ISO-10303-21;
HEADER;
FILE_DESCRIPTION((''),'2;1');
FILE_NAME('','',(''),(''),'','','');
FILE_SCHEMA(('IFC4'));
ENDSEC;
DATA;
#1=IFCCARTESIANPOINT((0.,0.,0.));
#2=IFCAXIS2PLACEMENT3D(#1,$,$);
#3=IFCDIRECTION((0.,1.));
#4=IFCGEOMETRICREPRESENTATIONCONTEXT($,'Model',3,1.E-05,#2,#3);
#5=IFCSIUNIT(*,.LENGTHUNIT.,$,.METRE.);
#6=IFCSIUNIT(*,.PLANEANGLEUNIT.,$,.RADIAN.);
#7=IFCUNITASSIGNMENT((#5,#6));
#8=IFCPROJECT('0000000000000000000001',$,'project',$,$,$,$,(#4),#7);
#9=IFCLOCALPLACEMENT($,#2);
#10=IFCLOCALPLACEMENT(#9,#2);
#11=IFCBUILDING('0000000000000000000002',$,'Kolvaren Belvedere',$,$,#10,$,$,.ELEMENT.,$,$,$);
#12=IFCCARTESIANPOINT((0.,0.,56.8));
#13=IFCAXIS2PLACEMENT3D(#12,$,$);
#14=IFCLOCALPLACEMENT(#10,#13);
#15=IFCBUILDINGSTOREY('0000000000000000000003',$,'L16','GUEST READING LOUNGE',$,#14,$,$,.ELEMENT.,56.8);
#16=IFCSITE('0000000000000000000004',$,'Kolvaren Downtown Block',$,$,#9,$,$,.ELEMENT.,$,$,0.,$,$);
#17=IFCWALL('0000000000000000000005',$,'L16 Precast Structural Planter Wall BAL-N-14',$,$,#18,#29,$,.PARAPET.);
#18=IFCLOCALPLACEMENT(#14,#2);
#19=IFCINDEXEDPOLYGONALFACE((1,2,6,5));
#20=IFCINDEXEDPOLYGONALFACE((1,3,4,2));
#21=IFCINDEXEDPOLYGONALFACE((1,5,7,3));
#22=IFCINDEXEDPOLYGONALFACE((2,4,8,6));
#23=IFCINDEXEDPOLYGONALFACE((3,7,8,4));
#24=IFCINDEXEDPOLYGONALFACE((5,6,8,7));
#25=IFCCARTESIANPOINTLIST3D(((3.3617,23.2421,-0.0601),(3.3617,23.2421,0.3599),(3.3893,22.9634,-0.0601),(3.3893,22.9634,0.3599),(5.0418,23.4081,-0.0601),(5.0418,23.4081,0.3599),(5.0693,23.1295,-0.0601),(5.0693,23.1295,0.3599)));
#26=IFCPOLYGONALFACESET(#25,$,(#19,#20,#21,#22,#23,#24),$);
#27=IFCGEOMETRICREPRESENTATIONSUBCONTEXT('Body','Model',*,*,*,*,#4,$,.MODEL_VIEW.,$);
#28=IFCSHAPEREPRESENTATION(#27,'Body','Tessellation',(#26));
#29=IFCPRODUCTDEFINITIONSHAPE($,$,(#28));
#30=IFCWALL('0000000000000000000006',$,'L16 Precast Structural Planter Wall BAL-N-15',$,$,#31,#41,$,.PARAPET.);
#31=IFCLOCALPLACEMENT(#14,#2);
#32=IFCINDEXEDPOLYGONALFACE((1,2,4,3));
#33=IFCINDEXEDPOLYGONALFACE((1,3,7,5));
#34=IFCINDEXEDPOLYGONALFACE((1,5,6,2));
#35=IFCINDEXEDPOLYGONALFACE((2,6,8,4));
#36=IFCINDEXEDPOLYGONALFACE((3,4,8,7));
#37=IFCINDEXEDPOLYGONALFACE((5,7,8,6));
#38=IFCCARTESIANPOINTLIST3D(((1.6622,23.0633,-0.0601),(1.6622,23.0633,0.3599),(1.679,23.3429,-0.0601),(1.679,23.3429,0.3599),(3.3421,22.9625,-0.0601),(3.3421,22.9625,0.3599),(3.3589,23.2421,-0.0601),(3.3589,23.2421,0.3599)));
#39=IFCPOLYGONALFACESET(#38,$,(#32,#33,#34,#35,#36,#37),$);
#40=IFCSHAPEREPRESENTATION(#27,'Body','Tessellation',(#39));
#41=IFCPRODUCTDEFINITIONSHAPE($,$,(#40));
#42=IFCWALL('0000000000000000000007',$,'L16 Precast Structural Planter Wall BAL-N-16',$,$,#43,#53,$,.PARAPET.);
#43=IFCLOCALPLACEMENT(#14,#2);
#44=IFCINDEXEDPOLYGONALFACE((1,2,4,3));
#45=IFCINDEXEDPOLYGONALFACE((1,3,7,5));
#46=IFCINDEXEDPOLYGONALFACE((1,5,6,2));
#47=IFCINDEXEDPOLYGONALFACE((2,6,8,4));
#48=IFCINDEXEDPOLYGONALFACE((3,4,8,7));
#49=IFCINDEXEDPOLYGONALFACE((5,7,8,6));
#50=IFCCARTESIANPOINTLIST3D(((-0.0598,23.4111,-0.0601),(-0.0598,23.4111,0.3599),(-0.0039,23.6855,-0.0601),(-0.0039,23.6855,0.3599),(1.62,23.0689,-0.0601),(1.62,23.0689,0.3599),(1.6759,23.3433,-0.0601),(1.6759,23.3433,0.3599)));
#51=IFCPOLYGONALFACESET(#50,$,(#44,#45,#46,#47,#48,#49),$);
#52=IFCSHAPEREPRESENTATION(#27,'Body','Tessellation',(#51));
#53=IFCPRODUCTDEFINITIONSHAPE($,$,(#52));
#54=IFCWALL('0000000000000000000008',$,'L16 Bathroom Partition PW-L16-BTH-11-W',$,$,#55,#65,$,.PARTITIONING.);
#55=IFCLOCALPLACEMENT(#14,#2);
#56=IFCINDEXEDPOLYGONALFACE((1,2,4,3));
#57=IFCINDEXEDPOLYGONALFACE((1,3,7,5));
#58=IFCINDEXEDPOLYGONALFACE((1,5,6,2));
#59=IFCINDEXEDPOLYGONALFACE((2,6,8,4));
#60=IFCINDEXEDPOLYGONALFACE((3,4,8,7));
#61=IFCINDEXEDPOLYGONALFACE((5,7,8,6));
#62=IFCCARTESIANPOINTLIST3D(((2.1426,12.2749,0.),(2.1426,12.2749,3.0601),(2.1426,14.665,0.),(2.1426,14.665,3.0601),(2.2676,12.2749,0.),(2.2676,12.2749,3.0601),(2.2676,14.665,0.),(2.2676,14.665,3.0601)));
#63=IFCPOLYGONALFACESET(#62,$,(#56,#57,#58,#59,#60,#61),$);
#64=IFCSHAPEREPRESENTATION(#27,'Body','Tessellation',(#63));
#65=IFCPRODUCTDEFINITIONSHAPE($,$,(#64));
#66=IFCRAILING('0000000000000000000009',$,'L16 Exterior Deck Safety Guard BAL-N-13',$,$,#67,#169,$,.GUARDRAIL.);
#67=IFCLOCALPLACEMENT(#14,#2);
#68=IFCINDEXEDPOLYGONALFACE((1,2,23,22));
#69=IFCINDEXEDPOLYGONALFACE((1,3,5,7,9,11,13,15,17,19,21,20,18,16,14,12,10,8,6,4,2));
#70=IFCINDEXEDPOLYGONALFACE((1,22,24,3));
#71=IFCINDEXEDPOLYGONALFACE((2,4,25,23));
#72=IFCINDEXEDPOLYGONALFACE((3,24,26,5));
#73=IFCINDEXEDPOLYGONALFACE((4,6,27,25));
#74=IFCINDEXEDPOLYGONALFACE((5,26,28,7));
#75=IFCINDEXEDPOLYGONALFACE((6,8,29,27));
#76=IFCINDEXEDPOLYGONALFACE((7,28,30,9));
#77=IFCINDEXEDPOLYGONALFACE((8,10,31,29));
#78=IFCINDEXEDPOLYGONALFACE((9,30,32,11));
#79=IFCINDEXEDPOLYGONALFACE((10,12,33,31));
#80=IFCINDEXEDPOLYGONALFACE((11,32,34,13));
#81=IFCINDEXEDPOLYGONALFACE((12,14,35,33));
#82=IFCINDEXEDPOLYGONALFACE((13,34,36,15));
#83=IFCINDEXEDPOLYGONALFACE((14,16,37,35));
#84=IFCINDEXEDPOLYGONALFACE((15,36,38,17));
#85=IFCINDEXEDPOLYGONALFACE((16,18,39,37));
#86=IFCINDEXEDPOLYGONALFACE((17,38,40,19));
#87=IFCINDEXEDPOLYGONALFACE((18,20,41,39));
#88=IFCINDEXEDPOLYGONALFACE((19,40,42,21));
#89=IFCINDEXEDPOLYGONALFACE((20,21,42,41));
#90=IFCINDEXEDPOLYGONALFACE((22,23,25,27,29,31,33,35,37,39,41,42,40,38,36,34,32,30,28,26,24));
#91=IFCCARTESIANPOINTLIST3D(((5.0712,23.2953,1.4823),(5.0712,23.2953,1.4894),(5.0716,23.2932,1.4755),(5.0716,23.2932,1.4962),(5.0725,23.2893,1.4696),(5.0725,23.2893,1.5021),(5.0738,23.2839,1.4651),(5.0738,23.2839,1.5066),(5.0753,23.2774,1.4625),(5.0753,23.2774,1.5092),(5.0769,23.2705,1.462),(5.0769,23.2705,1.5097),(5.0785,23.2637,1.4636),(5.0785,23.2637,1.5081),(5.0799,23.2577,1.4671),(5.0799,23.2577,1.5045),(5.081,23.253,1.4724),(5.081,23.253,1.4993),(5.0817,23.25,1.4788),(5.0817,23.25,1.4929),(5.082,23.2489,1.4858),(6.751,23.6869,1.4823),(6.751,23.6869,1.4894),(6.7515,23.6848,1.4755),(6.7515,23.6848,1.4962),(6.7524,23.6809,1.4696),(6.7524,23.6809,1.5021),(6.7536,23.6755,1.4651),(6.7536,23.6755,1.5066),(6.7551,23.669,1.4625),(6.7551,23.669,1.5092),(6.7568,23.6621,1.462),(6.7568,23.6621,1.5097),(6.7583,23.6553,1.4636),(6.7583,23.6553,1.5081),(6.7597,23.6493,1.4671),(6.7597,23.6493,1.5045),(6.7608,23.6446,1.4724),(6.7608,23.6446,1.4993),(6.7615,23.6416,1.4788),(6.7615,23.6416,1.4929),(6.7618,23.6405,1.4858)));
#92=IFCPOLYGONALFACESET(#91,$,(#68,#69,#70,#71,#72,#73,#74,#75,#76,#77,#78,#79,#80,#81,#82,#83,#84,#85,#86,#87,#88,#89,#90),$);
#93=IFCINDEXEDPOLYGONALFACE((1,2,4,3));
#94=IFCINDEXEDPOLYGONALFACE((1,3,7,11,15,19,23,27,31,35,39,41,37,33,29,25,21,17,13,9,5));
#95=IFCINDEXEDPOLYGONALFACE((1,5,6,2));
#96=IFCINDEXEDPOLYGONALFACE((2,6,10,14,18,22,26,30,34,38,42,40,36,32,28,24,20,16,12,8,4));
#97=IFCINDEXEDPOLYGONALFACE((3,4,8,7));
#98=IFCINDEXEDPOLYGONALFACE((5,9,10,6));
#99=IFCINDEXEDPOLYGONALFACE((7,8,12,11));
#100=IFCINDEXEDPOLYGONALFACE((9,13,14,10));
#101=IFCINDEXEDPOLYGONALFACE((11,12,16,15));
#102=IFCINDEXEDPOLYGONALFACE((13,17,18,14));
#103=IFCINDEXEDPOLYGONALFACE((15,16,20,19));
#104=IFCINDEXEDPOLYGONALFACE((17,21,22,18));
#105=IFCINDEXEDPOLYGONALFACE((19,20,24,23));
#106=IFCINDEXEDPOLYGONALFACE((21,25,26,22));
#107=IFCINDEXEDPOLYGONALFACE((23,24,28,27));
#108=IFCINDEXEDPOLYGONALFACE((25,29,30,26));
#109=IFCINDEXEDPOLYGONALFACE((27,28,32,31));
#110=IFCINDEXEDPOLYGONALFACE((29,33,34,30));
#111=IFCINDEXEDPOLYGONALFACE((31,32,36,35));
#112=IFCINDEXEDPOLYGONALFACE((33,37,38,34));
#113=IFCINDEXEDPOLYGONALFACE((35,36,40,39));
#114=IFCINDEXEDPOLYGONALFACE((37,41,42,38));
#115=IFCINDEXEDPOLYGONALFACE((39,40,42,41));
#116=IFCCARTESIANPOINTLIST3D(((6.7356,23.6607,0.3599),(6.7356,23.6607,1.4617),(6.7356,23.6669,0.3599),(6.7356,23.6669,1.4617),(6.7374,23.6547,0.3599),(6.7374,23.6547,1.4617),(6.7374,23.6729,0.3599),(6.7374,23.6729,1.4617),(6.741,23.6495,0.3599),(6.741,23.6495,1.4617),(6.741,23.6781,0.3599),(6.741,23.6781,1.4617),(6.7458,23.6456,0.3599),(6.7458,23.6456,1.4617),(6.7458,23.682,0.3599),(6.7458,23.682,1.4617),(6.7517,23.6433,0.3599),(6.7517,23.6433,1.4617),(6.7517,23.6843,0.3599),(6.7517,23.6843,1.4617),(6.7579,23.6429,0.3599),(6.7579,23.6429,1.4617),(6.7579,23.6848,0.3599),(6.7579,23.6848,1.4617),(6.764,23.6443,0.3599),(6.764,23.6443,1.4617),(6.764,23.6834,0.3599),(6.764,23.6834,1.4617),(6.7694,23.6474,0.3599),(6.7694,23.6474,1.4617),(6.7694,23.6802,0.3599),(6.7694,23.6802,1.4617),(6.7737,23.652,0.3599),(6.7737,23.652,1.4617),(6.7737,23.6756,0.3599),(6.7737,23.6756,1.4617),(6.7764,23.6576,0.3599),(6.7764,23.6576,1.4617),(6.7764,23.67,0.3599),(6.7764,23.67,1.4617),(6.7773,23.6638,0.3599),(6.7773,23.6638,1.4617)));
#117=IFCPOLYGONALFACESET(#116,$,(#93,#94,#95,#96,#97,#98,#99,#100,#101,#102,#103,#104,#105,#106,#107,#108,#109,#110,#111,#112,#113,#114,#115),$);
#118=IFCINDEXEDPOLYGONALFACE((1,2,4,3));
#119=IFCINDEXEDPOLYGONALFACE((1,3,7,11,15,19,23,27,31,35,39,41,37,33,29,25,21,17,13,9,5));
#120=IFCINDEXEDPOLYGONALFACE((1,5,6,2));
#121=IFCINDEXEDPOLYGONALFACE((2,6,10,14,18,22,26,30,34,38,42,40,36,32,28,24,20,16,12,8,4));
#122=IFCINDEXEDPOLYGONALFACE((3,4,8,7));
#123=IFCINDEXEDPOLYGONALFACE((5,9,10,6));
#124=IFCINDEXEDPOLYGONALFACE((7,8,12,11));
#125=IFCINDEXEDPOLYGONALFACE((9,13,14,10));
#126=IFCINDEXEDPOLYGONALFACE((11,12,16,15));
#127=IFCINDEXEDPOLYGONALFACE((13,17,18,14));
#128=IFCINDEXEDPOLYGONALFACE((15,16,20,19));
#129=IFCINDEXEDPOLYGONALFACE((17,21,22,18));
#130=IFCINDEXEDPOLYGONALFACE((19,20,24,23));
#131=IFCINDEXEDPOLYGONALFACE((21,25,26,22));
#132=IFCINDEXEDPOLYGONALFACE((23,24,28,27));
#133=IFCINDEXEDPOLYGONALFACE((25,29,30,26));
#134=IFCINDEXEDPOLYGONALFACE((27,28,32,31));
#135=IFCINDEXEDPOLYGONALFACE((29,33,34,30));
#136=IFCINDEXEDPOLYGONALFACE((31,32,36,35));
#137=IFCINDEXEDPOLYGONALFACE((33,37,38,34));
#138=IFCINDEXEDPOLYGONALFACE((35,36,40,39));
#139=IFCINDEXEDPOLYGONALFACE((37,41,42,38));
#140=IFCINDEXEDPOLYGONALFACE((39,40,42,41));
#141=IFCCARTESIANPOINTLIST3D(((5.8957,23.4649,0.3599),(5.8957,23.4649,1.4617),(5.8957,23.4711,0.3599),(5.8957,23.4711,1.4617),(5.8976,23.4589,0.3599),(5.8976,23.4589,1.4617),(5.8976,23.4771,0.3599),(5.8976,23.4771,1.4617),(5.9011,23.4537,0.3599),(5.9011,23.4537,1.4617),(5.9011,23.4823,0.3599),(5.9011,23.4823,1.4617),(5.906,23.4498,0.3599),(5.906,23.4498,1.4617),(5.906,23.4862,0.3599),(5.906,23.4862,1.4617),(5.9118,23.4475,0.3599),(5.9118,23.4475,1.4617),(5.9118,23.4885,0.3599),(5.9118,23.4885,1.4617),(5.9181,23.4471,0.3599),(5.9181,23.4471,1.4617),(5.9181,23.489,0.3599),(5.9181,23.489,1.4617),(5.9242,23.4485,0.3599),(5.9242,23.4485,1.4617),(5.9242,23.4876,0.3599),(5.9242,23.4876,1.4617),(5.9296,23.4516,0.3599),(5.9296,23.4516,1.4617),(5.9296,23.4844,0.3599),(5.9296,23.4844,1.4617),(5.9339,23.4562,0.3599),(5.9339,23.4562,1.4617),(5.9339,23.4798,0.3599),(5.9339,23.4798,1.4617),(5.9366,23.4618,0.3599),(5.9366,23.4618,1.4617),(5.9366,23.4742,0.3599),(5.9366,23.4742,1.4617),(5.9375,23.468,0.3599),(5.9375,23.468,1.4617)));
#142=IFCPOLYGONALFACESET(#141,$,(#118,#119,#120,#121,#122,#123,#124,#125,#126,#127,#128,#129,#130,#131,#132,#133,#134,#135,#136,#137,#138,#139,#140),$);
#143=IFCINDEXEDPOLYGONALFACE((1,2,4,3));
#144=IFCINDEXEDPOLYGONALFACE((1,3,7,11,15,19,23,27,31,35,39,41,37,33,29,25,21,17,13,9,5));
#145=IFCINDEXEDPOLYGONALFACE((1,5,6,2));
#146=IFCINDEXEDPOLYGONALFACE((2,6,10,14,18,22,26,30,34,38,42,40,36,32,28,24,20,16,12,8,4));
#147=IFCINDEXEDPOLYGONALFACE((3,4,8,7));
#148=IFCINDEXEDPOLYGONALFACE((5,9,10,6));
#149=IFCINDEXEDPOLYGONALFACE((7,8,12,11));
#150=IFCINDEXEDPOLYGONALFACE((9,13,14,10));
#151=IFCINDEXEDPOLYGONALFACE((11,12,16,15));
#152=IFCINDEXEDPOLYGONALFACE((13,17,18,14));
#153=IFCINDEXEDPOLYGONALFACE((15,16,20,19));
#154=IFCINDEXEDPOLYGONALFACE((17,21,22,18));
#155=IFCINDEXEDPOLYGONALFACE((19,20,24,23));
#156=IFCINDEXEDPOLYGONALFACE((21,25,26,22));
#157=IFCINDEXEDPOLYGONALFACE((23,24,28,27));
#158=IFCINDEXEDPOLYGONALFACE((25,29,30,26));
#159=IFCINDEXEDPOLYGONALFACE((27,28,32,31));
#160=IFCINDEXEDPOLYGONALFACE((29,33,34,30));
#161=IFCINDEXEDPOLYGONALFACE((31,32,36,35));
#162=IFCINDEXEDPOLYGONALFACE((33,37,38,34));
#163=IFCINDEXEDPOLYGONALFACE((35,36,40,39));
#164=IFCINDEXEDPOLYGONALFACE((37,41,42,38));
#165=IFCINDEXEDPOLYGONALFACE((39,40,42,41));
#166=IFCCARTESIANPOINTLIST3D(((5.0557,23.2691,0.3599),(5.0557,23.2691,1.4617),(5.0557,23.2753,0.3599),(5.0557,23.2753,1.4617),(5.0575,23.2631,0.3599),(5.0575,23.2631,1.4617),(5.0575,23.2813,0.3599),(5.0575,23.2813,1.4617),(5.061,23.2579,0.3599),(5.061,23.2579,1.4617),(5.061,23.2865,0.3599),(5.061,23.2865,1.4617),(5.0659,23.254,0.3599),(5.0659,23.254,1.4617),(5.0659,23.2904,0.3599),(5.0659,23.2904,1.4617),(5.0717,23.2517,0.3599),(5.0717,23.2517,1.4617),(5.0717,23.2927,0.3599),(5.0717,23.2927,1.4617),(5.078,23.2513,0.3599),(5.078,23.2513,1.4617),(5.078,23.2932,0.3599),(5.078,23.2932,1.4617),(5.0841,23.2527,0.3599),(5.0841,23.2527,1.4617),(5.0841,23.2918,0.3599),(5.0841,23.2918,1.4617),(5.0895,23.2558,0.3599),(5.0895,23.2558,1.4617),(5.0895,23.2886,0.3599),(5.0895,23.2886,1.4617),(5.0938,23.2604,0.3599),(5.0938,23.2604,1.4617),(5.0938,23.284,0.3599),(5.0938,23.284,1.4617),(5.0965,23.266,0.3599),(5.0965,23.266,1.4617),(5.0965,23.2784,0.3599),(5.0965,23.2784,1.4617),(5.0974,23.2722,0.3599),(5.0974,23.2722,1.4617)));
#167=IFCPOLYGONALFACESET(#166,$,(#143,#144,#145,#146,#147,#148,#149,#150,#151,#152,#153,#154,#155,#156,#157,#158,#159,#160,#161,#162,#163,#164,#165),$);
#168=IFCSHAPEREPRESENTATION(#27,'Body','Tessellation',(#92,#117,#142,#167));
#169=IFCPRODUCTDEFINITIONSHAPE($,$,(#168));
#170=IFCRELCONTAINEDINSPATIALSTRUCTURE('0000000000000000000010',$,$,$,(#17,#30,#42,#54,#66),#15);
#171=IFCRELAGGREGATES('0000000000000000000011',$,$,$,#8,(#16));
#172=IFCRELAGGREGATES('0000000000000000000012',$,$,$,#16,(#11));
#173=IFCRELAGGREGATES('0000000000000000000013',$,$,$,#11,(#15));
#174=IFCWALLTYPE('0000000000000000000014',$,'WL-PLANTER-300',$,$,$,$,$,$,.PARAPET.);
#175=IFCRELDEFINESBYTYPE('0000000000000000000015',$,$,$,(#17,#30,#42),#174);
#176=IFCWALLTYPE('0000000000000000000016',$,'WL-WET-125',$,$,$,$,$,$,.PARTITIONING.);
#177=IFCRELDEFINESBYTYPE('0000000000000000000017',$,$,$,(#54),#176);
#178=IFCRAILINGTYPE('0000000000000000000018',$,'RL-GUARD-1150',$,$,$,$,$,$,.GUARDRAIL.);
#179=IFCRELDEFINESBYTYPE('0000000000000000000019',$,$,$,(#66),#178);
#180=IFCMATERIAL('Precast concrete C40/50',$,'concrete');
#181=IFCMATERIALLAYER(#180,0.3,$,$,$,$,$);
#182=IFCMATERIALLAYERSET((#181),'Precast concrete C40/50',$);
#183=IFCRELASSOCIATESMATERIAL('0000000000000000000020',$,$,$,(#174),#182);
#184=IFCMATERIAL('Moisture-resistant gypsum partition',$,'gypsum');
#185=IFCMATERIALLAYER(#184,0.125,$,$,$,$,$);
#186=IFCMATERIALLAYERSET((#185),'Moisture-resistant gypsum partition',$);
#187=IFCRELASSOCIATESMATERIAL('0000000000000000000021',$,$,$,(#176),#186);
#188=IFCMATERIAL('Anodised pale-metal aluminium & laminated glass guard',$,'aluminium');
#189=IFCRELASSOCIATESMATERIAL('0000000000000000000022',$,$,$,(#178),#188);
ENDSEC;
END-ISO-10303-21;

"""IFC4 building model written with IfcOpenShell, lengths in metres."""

from ifc_helpers import new_model, si_unit, direction, frame, frame_2d, origin, origin_2d, place, context, subcontext, project, spatial, rectangle, circle, extrude, material, layer, layer_set, type_object, element, save


model = new_model("IFC4")

# Units and contexts
model_context = context("Model", 3, precision=1e-05, world=origin(), true_north=direction((0.0, 1.0)))
body_context = subcontext(model_context, "Body", "Model", "MODEL_VIEW")
ifc_project = project(units=[si_unit("LENGTHUNIT", "METRE"), si_unit("PLANEANGLEUNIT", "RADIAN")], contexts=[model_context])

# Site, building, storey
site_placement = place(None, origin())
site = spatial("IfcSite", under=ifc_project, at=site_placement, Name="Kolvaren Downtown Block", CompositionType="ELEMENT", RefElevation=0.0)
building_placement = place(site_placement, origin())
building = spatial("IfcBuilding", under=site, at=building_placement, Name="Kolvaren Belvedere", CompositionType="ELEMENT")
storey_placement = place(building_placement, frame((0.0, 0.0, 56.8)))
storey = spatial("IfcBuildingStorey", under=building, at=storey_placement, Name="L16", Description="GUEST READING LOUNGE", CompositionType="ELEMENT", Elevation=56.8)

# Walls
ifc_material_1 = material(Name="Precast concrete C40/50", Category="concrete")
ifc_layer_1 = layer(ifc_material_1, 0.3)
ifc_layer_set_1 = layer_set([ifc_layer_1], Name="Precast concrete C40/50")
wall_type_1 = type_object("IfcWallType", Name="WL-PLANTER-300", PredefinedType="PARAPET", material=ifc_layer_set_1)
wall_1_placement = place(storey_placement, frame((5.0557, 23.2688, -0.0601), z_axis=(0.0, 0.0, 1.0), x_axis=(-0.995152, -0.098344, 0.0)))
element("IfcWall", 1, at=wall_1_placement, inside=storey, type_object=wall_type_1, Name="L16 Precast Structural Planter Wall BAL-N-14", PredefinedType="PARAPET", context=body_context, shape_type="SweptSolid", body=[
    extrude(rectangle(XDim=1.6882, YDim=0.28, at=frame_2d((0.8442, 0.0))), origin(), (0.0, 0.0, 1.0), 0.4199),
])
wall_2_placement = place(storey_placement, frame((3.3503, 23.1023, -0.0601), z_axis=(0.0, 0.0, 1.0), x_axis=(-0.998204, 0.059913, 0.0)))
element("IfcWall", 2, at=wall_2_placement, inside=storey, type_object=wall_type_1, Name="L16 Precast Structural Planter Wall BAL-N-15", PredefinedType="PARAPET", context=body_context, shape_type="SweptSolid", body=[
    extrude(rectangle(XDim=1.6829, YDim=0.28, at=frame_2d((0.8413, 0.0))), origin(), (0.0, 0.0, 1.0), 0.4199),
])
wall_3_placement = place(storey_placement, frame((1.6479, 23.2061, -0.0601), z_axis=(0.0, 0.0, 1.0), x_axis=(-0.979868, 0.199648, 0.0)))
element("IfcWall", 3, at=wall_3_placement, inside=storey, type_object=wall_type_1, Name="L16 Precast Structural Planter Wall BAL-N-16", PredefinedType="PARAPET", context=body_context, shape_type="SweptSolid", body=[
    extrude(rectangle(XDim=1.7144, YDim=0.28, at=frame_2d((0.8572, 0.0))), origin(), (0.0, 0.0, 1.0), 0.4199),
])
ifc_material_2 = material(Name="Moisture-resistant gypsum partition", Category="gypsum")
ifc_layer_2 = layer(ifc_material_2, 0.125)
ifc_layer_set_2 = layer_set([ifc_layer_2], Name="Moisture-resistant gypsum partition")
wall_type_2 = type_object("IfcWallType", Name="WL-WET-125", PredefinedType="PARTITIONING", material=ifc_layer_set_2)
wall_4_placement = place(storey_placement, frame((2.2051, 12.2749, 0.0), z_axis=(0.0, 0.0, 1.0), x_axis=(0.0, 1.0, 0.0)))
element("IfcWall", 4, at=wall_4_placement, inside=storey, type_object=wall_type_2, Name="L16 Bathroom Partition PW-L16-BTH-11-W", PredefinedType="PARTITIONING", context=body_context, shape_type="SweptSolid", body=[
    extrude(rectangle(XDim=2.3901, YDim=0.125, at=frame_2d((1.1951, 0.0))), origin(), (0.0, 0.0, 1.0), 3.0601),
])

# Railing
ifc_material_3 = material(Name="Anodised pale-metal aluminium & laminated glass guard", Category="aluminium")
railing_type = type_object("IfcRailingType", Name="RL-GUARD-1150", PredefinedType="GUARDRAIL", material=ifc_material_3)
railing_1_placement = place(storey_placement, frame((6.7563, 23.6638, 0.3599)))
element("IfcRailing", 5, at=railing_1_placement, inside=storey, type_object=railing_type, Name="L16 Exterior Deck Safety Guard BAL-N-13", PredefinedType="GUARDRAIL", context=body_context, shape_type="SweptSolid", body=[
    extrude(circle(Radius=0.0239, at=origin_2d()), frame((0.0, 0.0, 1.126), z_axis=(-0.97389, -0.227019, 0.0), x_axis=(0.227019, -0.97389, 0.0)), (0.0, 0.0, 1.0), 1.7249),
    extrude(circle(Radius=0.021, at=origin_2d()), origin(), (0.0, 0.0, 1.0), 1.1018),
    extrude(circle(Radius=0.021, at=origin_2d()), frame((-0.8398, -0.1958, 0.0)), (0.0, 0.0, 1.0), 1.1018),
    extrude(circle(Radius=0.021, at=origin_2d()), frame((-1.6799, -0.3916, 0.0)), (0.0, 0.0, 1.0), 1.1018),
])

save(model, "model.ifc")
